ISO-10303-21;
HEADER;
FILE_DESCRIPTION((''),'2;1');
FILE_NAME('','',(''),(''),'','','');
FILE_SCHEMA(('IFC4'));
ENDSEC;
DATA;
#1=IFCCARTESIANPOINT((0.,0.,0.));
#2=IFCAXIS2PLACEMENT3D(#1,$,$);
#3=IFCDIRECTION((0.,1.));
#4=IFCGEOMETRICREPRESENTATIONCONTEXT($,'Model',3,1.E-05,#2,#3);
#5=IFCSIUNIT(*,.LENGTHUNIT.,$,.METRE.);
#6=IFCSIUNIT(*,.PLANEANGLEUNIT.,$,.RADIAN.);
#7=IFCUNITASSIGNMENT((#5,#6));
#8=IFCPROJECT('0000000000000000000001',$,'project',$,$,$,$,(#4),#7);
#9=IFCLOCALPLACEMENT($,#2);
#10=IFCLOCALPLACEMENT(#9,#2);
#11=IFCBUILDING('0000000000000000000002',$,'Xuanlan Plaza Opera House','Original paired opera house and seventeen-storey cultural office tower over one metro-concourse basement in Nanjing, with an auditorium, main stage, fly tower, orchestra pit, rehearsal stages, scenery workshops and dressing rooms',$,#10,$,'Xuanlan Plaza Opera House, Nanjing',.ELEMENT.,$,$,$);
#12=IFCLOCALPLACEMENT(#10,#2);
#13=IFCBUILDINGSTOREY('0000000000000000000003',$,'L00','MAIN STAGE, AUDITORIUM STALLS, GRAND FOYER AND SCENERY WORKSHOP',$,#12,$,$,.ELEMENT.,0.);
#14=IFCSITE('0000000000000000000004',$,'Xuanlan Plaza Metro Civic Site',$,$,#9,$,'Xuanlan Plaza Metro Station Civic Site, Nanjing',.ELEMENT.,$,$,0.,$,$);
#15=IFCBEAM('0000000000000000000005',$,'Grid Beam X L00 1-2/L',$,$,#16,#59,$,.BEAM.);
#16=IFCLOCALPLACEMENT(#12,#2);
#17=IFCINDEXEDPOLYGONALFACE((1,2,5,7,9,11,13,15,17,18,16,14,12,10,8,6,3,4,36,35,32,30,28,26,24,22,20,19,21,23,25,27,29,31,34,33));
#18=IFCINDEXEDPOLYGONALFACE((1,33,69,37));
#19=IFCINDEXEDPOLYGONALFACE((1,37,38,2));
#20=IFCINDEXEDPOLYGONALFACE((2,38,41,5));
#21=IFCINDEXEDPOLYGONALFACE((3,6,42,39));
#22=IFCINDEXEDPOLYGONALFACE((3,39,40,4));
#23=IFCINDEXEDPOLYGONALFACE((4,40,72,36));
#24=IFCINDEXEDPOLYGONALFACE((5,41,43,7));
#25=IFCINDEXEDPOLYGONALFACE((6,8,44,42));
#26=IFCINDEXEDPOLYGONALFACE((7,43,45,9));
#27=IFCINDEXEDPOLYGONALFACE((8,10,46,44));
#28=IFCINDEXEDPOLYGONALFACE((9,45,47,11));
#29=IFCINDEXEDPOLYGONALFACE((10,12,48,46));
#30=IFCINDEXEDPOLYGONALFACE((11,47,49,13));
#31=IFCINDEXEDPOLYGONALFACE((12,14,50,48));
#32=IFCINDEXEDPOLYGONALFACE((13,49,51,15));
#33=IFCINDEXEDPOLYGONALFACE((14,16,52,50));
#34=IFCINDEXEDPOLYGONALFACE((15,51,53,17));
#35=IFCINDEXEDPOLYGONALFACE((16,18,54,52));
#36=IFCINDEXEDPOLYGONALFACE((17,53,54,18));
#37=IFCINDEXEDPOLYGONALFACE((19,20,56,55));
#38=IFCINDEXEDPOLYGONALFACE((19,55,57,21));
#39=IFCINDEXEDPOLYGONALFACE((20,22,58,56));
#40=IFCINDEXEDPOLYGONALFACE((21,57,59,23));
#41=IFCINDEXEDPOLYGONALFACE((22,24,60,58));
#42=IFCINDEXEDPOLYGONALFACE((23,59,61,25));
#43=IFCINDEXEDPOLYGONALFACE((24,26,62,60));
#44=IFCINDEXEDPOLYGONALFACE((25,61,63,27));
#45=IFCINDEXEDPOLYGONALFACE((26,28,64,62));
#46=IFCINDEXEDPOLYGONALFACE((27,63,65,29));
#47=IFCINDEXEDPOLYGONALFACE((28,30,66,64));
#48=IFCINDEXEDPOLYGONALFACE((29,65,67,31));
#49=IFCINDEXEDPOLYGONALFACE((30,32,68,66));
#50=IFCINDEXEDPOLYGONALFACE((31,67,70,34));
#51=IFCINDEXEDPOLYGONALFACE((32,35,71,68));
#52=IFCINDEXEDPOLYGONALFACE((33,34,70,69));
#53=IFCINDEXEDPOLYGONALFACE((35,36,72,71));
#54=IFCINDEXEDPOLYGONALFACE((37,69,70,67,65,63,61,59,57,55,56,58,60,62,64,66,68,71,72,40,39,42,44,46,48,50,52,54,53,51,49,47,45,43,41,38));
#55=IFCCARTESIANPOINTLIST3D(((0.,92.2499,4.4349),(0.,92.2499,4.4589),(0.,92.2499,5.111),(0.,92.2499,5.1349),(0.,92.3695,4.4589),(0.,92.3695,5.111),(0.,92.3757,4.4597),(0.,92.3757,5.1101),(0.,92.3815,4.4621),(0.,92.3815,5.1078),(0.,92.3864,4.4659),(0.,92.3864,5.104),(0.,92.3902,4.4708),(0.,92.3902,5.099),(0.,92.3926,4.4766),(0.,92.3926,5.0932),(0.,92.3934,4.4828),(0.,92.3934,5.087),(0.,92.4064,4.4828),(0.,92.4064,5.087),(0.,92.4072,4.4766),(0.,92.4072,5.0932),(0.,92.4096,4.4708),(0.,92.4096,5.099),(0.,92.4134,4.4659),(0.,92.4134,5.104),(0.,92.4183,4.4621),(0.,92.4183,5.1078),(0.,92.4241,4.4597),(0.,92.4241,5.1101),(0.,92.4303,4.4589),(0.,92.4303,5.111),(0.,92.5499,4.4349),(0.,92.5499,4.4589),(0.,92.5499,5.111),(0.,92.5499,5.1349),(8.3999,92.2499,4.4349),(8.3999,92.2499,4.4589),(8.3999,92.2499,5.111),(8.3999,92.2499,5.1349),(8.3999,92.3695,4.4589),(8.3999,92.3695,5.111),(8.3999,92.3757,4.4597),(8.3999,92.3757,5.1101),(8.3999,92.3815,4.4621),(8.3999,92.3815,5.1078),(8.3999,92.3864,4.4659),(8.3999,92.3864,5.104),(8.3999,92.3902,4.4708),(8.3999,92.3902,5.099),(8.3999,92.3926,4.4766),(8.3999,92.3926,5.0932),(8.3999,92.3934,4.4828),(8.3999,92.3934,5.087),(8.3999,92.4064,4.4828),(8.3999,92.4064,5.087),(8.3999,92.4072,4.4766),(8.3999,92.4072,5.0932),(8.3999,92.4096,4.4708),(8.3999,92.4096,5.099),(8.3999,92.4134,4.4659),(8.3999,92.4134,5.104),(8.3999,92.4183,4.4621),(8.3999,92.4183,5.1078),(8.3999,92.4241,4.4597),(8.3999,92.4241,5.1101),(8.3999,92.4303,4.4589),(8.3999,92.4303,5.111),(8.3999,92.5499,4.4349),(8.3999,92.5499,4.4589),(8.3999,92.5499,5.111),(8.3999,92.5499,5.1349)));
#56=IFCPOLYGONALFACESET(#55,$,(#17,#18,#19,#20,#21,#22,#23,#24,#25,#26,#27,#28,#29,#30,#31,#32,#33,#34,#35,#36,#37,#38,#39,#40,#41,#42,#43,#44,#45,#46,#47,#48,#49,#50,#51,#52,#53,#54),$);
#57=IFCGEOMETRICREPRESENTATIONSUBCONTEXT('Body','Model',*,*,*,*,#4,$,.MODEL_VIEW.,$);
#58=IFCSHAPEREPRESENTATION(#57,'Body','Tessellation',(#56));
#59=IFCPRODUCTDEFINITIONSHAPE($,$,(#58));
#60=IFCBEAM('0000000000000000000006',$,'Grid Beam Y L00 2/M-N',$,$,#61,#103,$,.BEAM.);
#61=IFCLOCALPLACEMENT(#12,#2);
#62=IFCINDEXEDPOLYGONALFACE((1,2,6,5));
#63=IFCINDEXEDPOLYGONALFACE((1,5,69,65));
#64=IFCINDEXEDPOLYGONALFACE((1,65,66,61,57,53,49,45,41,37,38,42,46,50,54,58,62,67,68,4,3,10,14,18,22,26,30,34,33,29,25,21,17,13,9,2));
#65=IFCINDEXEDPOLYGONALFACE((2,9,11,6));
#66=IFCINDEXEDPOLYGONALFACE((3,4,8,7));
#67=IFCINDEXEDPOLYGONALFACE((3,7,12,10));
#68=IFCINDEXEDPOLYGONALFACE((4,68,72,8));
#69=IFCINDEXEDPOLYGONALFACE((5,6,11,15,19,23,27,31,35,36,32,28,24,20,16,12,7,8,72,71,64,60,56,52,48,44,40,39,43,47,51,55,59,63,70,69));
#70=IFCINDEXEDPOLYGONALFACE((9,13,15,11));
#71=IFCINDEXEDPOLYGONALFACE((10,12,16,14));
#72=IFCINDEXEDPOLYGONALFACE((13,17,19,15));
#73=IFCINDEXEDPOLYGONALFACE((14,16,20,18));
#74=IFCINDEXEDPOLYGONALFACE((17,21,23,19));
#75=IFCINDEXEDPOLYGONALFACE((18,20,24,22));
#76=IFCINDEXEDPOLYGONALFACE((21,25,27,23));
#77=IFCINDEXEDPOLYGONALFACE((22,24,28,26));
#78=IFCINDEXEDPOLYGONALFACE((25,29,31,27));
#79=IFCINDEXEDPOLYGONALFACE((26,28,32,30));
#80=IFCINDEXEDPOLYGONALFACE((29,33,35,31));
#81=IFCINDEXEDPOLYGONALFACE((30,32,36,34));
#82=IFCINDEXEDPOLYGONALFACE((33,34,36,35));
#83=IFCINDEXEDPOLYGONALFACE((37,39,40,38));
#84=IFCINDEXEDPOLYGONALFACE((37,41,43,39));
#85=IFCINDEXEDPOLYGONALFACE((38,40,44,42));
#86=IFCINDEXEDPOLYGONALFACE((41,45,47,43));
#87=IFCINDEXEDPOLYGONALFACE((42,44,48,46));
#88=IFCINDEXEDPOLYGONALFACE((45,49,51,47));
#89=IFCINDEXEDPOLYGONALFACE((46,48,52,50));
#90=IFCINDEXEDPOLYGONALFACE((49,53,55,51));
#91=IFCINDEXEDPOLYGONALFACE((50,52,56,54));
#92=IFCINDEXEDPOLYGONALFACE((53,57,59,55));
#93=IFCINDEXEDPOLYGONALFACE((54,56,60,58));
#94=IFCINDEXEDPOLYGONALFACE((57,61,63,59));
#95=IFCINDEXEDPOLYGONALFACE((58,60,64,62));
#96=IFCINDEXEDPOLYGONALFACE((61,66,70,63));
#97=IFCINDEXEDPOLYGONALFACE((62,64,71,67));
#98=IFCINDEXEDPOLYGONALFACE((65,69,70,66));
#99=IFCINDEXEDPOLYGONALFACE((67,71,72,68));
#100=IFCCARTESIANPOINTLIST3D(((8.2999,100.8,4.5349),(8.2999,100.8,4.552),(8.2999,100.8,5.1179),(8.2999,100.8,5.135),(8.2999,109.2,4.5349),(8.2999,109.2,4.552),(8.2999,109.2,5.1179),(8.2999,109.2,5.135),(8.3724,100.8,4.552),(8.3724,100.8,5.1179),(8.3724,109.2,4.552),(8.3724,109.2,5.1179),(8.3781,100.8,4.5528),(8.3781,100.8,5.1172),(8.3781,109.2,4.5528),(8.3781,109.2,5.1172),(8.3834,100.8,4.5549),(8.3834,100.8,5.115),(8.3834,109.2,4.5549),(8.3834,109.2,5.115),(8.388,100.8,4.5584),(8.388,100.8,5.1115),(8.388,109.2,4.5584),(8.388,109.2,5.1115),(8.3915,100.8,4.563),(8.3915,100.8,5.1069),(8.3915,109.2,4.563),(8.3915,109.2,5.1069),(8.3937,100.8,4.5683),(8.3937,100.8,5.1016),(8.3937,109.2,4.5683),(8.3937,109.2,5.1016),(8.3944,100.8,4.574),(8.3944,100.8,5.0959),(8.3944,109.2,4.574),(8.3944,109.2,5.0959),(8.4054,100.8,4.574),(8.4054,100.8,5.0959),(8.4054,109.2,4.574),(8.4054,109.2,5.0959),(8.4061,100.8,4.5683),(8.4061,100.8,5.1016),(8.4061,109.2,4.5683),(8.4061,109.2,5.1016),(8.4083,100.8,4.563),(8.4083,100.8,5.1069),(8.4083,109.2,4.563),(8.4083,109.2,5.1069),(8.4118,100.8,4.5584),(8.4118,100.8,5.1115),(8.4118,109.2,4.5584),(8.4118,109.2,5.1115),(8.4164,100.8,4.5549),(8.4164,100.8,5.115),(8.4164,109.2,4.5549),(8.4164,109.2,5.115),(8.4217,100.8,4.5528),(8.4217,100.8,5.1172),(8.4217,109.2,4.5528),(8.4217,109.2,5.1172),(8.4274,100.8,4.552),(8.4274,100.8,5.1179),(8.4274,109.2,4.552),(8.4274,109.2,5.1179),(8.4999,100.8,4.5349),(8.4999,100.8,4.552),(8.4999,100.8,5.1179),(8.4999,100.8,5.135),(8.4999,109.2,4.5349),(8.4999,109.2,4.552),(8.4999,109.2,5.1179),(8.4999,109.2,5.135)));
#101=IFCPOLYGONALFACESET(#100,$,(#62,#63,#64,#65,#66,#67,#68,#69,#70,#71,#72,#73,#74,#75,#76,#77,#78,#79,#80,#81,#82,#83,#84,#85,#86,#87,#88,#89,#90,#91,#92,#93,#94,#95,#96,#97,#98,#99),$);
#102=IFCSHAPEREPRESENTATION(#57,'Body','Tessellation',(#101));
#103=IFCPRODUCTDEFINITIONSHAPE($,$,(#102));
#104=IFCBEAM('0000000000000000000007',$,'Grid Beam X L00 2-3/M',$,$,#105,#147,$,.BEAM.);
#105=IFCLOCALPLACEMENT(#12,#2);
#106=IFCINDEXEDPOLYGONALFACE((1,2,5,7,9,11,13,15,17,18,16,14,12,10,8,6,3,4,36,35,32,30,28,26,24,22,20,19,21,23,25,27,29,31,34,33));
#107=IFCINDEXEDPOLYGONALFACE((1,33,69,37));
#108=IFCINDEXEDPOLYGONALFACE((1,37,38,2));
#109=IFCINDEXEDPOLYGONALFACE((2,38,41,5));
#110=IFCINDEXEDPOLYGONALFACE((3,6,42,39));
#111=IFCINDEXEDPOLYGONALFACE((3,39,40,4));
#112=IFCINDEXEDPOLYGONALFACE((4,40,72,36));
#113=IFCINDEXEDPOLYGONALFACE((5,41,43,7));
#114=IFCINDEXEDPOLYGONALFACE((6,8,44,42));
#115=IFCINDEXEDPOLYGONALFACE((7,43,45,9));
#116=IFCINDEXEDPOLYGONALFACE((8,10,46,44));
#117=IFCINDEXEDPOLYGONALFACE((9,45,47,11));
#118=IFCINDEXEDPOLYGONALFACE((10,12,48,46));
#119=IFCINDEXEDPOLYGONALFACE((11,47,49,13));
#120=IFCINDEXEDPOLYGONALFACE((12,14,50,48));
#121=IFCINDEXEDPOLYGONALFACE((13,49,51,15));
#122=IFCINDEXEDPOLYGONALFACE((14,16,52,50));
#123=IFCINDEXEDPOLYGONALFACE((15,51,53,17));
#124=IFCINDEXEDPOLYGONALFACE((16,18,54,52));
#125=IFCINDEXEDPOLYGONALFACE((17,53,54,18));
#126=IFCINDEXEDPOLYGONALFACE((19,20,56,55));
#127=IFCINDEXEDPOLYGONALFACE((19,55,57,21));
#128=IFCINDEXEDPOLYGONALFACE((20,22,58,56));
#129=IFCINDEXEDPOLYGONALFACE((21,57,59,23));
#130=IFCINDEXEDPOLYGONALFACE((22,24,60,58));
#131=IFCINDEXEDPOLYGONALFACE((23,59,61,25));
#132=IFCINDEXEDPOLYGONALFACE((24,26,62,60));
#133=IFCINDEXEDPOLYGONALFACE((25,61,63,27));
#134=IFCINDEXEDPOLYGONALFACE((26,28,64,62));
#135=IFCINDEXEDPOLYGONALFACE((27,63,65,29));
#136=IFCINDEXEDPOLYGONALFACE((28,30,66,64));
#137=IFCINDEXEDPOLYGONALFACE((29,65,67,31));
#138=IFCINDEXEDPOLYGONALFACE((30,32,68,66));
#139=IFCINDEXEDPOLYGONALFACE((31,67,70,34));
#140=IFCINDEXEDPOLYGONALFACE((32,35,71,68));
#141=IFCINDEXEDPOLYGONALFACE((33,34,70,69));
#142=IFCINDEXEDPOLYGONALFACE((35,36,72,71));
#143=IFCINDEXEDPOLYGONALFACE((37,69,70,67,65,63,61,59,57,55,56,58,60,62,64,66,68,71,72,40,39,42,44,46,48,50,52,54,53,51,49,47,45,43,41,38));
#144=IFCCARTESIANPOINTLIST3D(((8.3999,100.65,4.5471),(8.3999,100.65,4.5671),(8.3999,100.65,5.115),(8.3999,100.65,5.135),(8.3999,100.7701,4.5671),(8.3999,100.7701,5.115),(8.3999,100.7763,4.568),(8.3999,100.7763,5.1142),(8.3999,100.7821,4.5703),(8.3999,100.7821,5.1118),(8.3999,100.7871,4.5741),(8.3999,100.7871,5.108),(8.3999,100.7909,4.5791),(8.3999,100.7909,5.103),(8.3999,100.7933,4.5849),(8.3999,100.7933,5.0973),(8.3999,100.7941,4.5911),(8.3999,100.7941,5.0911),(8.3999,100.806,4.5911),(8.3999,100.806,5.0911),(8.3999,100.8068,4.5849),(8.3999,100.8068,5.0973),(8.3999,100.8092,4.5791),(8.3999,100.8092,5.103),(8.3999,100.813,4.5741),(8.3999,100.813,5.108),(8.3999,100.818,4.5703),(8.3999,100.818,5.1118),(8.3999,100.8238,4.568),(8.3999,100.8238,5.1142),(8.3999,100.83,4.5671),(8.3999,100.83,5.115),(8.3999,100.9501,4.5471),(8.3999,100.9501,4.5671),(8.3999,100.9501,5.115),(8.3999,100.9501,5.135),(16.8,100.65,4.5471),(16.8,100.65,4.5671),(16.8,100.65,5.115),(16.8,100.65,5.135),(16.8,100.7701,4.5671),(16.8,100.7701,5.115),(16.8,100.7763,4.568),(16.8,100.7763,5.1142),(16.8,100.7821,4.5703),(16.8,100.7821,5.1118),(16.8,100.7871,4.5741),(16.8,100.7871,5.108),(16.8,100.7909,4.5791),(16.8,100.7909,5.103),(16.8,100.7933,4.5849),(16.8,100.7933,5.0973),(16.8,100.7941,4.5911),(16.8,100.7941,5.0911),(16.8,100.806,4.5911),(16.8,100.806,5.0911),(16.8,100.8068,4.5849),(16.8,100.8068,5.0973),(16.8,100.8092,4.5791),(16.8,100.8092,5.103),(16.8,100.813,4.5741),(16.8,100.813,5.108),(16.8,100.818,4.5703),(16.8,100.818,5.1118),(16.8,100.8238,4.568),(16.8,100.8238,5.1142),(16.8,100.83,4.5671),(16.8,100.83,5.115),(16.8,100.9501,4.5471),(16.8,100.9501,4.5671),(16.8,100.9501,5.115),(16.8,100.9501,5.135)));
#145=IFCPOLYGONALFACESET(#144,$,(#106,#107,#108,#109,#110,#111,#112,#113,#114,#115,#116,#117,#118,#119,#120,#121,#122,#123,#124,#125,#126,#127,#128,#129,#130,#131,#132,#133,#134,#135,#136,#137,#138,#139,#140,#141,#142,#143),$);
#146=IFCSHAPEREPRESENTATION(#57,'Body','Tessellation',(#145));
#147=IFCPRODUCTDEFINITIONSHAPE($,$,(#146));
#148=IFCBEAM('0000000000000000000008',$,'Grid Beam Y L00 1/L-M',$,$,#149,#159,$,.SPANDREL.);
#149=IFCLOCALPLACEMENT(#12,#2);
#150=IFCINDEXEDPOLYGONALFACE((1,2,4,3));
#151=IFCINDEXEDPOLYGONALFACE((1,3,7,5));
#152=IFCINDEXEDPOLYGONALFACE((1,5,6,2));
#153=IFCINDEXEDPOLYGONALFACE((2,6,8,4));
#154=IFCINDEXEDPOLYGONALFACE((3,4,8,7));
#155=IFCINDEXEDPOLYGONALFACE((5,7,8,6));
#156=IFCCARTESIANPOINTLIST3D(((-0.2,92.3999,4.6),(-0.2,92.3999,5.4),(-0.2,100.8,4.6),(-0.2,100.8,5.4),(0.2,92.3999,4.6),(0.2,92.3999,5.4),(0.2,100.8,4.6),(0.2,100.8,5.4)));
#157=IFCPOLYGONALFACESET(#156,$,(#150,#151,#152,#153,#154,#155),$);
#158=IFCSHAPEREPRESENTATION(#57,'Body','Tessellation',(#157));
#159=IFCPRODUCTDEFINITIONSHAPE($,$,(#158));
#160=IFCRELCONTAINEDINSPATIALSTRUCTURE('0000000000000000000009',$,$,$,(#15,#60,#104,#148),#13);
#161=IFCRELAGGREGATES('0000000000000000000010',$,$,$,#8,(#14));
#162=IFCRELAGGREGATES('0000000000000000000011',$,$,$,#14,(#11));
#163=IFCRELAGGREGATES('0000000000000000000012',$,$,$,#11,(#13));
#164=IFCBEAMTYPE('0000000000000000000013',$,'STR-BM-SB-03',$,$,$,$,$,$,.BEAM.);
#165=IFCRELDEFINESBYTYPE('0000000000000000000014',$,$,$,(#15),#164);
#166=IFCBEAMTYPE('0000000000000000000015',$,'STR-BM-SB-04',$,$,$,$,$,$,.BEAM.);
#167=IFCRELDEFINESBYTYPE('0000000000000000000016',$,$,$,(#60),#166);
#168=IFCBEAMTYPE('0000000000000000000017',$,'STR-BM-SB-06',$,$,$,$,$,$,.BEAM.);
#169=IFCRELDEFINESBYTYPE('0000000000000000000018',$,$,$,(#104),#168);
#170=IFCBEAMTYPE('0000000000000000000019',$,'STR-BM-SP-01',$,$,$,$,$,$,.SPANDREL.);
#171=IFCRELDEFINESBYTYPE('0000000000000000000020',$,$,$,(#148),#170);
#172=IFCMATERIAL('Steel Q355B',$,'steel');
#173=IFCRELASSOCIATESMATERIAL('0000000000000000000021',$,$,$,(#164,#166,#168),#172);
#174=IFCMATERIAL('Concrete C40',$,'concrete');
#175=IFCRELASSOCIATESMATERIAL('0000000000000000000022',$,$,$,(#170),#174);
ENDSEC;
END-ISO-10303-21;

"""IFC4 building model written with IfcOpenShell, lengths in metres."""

from ifc_helpers import new_model, si_unit, direction, frame, origin, origin_2d, place, context, subcontext, project, spatial, rectangle, i_section, extrude, material, material_profile, profile_set, type_object, element, save


model = new_model("IFC4")

# Units and contexts
model_context = context("Model", 3, precision=1e-05, world=origin(), true_north=direction((0.0, 1.0)))
body_context = subcontext(model_context, "Body", "Model", "MODEL_VIEW")
ifc_project = project(units=[si_unit("LENGTHUNIT", "METRE"), si_unit("PLANEANGLEUNIT", "RADIAN")], contexts=[model_context])

# Site, building, storey
site_placement = place(None, origin())
site = spatial("IfcSite", under=ifc_project, at=site_placement, Name="Xuanlan Plaza Metro Civic Site", LongName="Xuanlan Plaza Metro Station Civic Site, Nanjing", CompositionType="ELEMENT", RefElevation=0.0)
building_placement = place(site_placement, origin())
building = spatial("IfcBuilding", under=site, at=building_placement, Name="Xuanlan Plaza Opera House", Description="Original paired opera house and seventeen-storey cultural office tower over one metro-concourse basement in Nanjing, with an auditorium, main stage, fly tower, orchestra pit, rehearsal stages, scenery workshops and dressing rooms", LongName="Xuanlan Plaza Opera House, Nanjing", CompositionType="ELEMENT")
storey_placement = place(building_placement, origin())
storey = spatial("IfcBuildingStorey", under=building, at=storey_placement, Name="L00", Description="MAIN STAGE, AUDITORIUM STALLS, GRAND FOYER AND SCENERY WORKSHOP", CompositionType="ELEMENT", Elevation=0.0)

# Shared definitions
ifc_material_1 = material(Name="Concrete C40", Category="concrete")

# Beams
ifc_material_2 = material(Name="Steel Q355B", Category="steel")
ifc_material_profile_1 = material_profile(ifc_material_2, i_section(OverallWidth=0.3, OverallDepth=0.7, WebThickness=0.0129, FlangeThickness=0.0239, FilletRadius=0.0239, at=origin_2d()), Name="HN 700x300x13x24")
ifc_profile_set_1 = profile_set([ifc_material_profile_1], Name="Steel Q355B")
beam_type_1 = type_object("IfcBeamType", Name="STR-BM-SB-03", PredefinedType="BEAM", material=ifc_profile_set_1)
beam_1_placement = place(storey_placement, frame((0.0, 92.3999, 4.7849), z_axis=(1.0, 0.0, 0.0), x_axis=(0.0, 1.0, 0.0)))
element("IfcBeam", 1, at=beam_1_placement, inside=storey, type_object=beam_type_1, Name="Grid Beam X L00 1-2/L", PredefinedType="BEAM", context=body_context, shape_type="SweptSolid", body=[
    extrude(i_section(OverallWidth=0.3, OverallDepth=0.7, WebThickness=0.0129, FlangeThickness=0.0239, FilletRadius=0.0239, at=origin_2d()), origin(), (0.0, 0.0, 1.0), 8.3999),
])
ifc_material_profile_2 = material_profile(ifc_material_2, i_section(OverallWidth=0.2, OverallDepth=0.6001, WebThickness=0.011, FlangeThickness=0.0171, FilletRadius=0.022, at=origin_2d()), Name="HN 600x200x11x17")
ifc_profile_set_2 = profile_set([ifc_material_profile_2], Name="Steel Q355B")
beam_type_2 = type_object("IfcBeamType", Name="STR-BM-SB-04", PredefinedType="BEAM", material=ifc_profile_set_2)
beam_2_placement = place(storey_placement, frame((8.3999, 100.8, 4.835), z_axis=(0.0, 1.0, 0.0), x_axis=(-1.0, 0.0, 0.0)))
element("IfcBeam", 2, at=beam_2_placement, inside=storey, type_object=beam_type_2, Name="Grid Beam Y L00 2/M-N", PredefinedType="BEAM", context=body_context, shape_type="SweptSolid", body=[
    extrude(i_section(OverallWidth=0.2, OverallDepth=0.6001, WebThickness=0.011, FlangeThickness=0.0171, FilletRadius=0.022, at=origin_2d()), origin(), (0.0, 0.0, 1.0), 8.3999),
])
ifc_material_profile_3 = material_profile(ifc_material_2, i_section(OverallWidth=0.3, OverallDepth=0.5879, WebThickness=0.012, FlangeThickness=0.02, FilletRadius=0.0239, at=origin_2d()), Name="HM 588x300x12x20")
ifc_profile_set_3 = profile_set([ifc_material_profile_3], Name="Steel Q355B")
beam_type_3 = type_object("IfcBeamType", Name="STR-BM-SB-06", PredefinedType="BEAM", material=ifc_profile_set_3)
beam_3_placement = place(storey_placement, frame((8.3999, 100.8, 4.8411), z_axis=(1.0, 0.0, 0.0), x_axis=(0.0, 1.0, 0.0)))
element("IfcBeam", 3, at=beam_3_placement, inside=storey, type_object=beam_type_3, Name="Grid Beam X L00 2-3/M", PredefinedType="BEAM", context=body_context, shape_type="SweptSolid", body=[
    extrude(i_section(OverallWidth=0.3, OverallDepth=0.5879, WebThickness=0.012, FlangeThickness=0.02, FilletRadius=0.0239, at=origin_2d()), origin(), (0.0, 0.0, 1.0), 8.4001),
])
ifc_material_profile_4 = material_profile(ifc_material_1, rectangle(XDim=0.3999, YDim=0.8, at=origin_2d()), Name="RC-SPD 400x800")
ifc_profile_set_4 = profile_set([ifc_material_profile_4], Name="Concrete C40")
beam_type_4 = type_object("IfcBeamType", Name="STR-BM-SP-01", PredefinedType="SPANDREL", material=ifc_profile_set_4)
beam_4_placement = place(storey_placement, frame((0.0, 92.3999, 5.0), z_axis=(0.0, 1.0, 0.0), x_axis=(-1.0, 0.0, 0.0)))
element("IfcBeam", 4, at=beam_4_placement, inside=storey, type_object=beam_type_4, Name="Grid Beam Y L00 1/L-M", PredefinedType="SPANDREL", context=body_context, shape_type="SweptSolid", body=[
    extrude(rectangle(XDim=0.3999, YDim=0.8, at=origin_2d()), origin(), (0.0, 0.0, 1.0), 8.4001),
])

save(model, "model.ifc")
